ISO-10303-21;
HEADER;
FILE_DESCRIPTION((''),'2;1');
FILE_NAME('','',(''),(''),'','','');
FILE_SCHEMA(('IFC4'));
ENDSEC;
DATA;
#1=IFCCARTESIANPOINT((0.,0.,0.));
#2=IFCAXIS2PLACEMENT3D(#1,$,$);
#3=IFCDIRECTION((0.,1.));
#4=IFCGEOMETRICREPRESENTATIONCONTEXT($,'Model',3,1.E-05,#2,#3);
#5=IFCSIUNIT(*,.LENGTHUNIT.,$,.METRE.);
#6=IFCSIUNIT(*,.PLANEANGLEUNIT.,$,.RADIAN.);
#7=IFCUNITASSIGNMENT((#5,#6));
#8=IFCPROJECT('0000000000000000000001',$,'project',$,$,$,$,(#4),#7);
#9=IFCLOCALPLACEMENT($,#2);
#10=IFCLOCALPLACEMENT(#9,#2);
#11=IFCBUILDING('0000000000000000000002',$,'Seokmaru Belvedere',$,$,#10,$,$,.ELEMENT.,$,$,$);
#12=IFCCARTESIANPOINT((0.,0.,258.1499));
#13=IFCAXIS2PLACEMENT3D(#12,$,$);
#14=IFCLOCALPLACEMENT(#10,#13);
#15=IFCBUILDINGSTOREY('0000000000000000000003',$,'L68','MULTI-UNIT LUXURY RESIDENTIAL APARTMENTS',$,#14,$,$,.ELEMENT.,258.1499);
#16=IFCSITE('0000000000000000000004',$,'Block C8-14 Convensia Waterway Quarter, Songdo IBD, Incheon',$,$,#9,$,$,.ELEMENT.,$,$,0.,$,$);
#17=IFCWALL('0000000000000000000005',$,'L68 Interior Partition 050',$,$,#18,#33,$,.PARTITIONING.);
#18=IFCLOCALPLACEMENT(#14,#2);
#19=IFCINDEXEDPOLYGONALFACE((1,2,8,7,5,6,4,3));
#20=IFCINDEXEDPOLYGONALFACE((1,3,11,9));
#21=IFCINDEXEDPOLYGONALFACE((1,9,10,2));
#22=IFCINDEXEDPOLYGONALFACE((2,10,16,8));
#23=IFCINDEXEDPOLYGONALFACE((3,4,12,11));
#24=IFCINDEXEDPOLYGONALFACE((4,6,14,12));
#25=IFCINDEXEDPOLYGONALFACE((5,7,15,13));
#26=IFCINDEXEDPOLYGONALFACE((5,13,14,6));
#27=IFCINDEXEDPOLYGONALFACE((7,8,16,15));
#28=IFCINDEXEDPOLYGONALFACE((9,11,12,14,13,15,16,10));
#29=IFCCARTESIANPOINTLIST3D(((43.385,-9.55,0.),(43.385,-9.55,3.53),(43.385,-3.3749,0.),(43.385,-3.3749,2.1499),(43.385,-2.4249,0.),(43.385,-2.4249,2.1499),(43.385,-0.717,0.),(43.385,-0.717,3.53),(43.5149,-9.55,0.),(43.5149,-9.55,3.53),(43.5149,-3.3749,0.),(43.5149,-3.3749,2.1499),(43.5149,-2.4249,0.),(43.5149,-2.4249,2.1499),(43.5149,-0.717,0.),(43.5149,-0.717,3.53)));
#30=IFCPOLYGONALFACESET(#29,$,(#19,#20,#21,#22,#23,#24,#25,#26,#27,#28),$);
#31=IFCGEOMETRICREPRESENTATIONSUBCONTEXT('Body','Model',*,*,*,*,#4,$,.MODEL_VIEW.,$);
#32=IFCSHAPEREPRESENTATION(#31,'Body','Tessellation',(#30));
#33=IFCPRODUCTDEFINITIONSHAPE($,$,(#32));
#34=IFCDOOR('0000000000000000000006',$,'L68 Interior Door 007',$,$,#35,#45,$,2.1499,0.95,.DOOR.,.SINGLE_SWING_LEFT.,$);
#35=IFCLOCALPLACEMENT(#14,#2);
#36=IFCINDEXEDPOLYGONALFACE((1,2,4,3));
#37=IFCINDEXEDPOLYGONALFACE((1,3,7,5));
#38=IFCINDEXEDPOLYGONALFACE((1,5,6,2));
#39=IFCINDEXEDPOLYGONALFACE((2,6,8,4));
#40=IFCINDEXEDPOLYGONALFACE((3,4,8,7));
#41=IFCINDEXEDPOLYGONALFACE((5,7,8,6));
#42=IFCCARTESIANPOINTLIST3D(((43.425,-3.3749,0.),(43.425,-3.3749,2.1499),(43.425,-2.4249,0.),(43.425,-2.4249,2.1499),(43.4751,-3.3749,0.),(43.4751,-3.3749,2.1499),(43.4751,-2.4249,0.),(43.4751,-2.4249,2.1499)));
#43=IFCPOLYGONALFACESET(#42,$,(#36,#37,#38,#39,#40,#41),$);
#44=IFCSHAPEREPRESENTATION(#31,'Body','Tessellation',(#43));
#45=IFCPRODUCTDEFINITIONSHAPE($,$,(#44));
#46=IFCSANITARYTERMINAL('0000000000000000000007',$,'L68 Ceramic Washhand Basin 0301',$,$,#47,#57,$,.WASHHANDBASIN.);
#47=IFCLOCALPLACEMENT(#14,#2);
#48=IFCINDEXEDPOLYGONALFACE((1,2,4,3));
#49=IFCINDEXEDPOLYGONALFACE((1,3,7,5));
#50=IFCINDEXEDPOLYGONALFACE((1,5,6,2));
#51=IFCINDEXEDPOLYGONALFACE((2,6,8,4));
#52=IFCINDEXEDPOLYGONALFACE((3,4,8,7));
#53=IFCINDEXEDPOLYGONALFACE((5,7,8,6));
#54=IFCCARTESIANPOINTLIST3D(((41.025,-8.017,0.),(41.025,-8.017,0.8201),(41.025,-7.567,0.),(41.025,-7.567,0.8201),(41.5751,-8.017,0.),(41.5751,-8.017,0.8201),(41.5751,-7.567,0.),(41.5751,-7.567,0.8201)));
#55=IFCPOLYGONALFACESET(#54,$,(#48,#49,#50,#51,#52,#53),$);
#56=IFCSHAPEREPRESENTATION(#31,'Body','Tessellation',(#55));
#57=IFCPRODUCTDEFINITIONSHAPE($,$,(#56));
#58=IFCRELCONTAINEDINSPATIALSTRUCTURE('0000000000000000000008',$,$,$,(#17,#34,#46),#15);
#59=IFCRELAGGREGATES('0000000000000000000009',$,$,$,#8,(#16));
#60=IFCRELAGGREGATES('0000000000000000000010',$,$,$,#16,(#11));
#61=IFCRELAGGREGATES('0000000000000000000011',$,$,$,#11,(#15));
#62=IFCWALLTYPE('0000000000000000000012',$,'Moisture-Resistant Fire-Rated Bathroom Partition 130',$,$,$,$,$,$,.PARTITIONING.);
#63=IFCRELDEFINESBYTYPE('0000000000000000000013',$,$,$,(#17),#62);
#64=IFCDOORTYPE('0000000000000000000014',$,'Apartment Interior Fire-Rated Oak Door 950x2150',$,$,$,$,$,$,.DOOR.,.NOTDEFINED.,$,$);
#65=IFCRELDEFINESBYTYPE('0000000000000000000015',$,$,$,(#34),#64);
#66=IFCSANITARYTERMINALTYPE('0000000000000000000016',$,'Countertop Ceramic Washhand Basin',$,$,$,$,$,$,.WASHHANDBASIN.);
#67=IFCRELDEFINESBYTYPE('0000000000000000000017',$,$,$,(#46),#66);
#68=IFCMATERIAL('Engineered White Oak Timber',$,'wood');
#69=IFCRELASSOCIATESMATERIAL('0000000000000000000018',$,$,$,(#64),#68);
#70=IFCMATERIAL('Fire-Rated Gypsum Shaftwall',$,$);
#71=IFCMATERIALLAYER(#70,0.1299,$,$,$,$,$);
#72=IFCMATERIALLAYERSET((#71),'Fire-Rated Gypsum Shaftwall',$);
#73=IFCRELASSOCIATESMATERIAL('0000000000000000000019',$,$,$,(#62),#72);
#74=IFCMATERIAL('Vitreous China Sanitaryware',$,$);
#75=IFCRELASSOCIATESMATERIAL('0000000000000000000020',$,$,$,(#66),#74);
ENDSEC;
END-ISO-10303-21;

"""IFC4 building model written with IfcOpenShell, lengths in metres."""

from ifc_helpers import new_model, si_unit, direction, frame, frame_2d, origin, origin_2d, place, context, subcontext, project, spatial, rectangle, extrude, source, transform, mapped, material, layer, layer_set, type_object, type_shapes, element, fill, save


model = new_model("IFC4")

# Units and contexts
model_context = context("Model", 3, precision=1e-05, world=origin(), true_north=direction((0.0, 1.0)))
body_context = subcontext(model_context, "Body", "Model", "MODEL_VIEW")
ifc_project = project(units=[si_unit("LENGTHUNIT", "METRE"), si_unit("PLANEANGLEUNIT", "RADIAN")], contexts=[model_context])

# Site, building, storey
site_placement = place(None, origin())
site = spatial("IfcSite", under=ifc_project, at=site_placement, Name="Block C8-14 Convensia Waterway Quarter, Songdo IBD, Incheon", CompositionType="ELEMENT", RefElevation=0.0)
building_placement = place(site_placement, origin())
building = spatial("IfcBuilding", under=site, at=building_placement, Name="Seokmaru Belvedere", CompositionType="ELEMENT")
storey_placement = place(building_placement, frame((0.0, 0.0, 258.1499)))
storey = spatial("IfcBuildingStorey", under=building, at=storey_placement, Name="L68", Description="MULTI-UNIT LUXURY RESIDENTIAL APARTMENTS", CompositionType="ELEMENT", Elevation=258.1499)

# Wall, opening, door
ifc_material_1 = material(Name="Fire-Rated Gypsum Shaftwall")
ifc_material_2 = material(Name="Engineered White Oak Timber", Category="wood")
door_type = type_object("IfcDoorType", Name="Apartment Interior Fire-Rated Oak Door 950x2150", OperationType="NOTDEFINED", PredefinedType="DOOR", material=ifc_material_2)
shared_shape_1 = source(origin(), body_context, "Body", "SweptSolid", [
    extrude(rectangle(XDim=0.95, YDim=2.1499, at=frame_2d((0.4751, 1.075))), frame((0.0, 0.0249, 0.0), z_axis=(0.0, -1.0, 0.0), x_axis=(1.0, 0.0, 0.0)), (0.0, 0.0, 1.0), 0.05),
])
type_shapes(door_type, [shared_shape_1])
ifc_layer_1 = layer(ifc_material_1, 0.1299)
ifc_layer_set_1 = layer_set([ifc_layer_1], Name="Fire-Rated Gypsum Shaftwall")
wall_type_1 = type_object("IfcWallType", Name="Moisture-Resistant Fire-Rated Bathroom Partition 130", PredefinedType="PARTITIONING", material=ifc_layer_set_1)
wall_1_placement = place(storey_placement, frame((43.45, -9.55, 0.0), z_axis=(0.0, 0.0, 1.0), x_axis=(0.0, 1.0, 0.0)))
wall_1 = element("IfcWall", 1, at=wall_1_placement, inside=storey, type_object=wall_type_1, Name="L68 Interior Partition 050", PredefinedType="PARTITIONING", context=body_context, shape_type="SweptSolid", body=[
    extrude(rectangle(XDim=8.833, YDim=0.1299, at=frame_2d((4.4165, 0.0))), origin(), (0.0, 0.0, 1.0), 3.53),
])
opening_1_placement = place(wall_1_placement, frame((6.175, 0.0, 0.0)))
opening_1 = element("IfcOpeningElement", 2, at=opening_1_placement, cuts=wall_1, PredefinedType="OPENING", context=body_context, shape_type="SweptSolid", body=[
    extrude(rectangle(XDim=0.95, YDim=2.1499, at=frame_2d((0.4751, 1.075))), frame((0.0, 0.075, 0.0), z_axis=(0.0, -1.0, 0.0), x_axis=(1.0, 0.0, 0.0)), (0.0, 0.0, 1.0), 0.1499),
])
door_1_placement = place(opening_1_placement, origin())
door_1 = element("IfcDoor", 3, at=door_1_placement, inside=storey, type_object=door_type, Name="L68 Interior Door 007", OperationType="SINGLE_SWING_LEFT", OverallHeight=2.1499, OverallWidth=0.95, PredefinedType="DOOR", context=body_context, shape_type="MappedRepresentation", body=[
    mapped(shared_shape_1, transform((0.0, 0.0, 0.0), scale=1.0)),
])
fill(opening_1, door_1)

# Sanitary terminal
ifc_material_3 = material(Name="Vitreous China Sanitaryware")
sanitary_terminal_type = type_object("IfcSanitaryTerminalType", Name="Countertop Ceramic Washhand Basin", PredefinedType="WASHHANDBASIN", material=ifc_material_3)
shared_shape_2 = source(origin(), body_context, "Body", "SweptSolid", [
    extrude(rectangle(XDim=0.55, YDim=0.45, at=origin_2d()), origin(), (0.0, 0.0, 1.0), 0.8201),
])
type_shapes(sanitary_terminal_type, [shared_shape_2])
sanitary_terminal_placement = place(storey_placement, frame((41.3, -7.792, 0.0), z_axis=(0.0, 0.0, 1.0), x_axis=(1.0, 0.0, 0.0)))
element("IfcSanitaryTerminal", 4, at=sanitary_terminal_placement, inside=storey, type_object=sanitary_terminal_type, Name="L68 Ceramic Washhand Basin 0301", PredefinedType="WASHHANDBASIN", context=body_context, shape_type="MappedRepresentation", body=[
    mapped(shared_shape_2, transform((0.0, 0.0, 0.0), scale=1.0)),
])

save(model, "model.ifc")
